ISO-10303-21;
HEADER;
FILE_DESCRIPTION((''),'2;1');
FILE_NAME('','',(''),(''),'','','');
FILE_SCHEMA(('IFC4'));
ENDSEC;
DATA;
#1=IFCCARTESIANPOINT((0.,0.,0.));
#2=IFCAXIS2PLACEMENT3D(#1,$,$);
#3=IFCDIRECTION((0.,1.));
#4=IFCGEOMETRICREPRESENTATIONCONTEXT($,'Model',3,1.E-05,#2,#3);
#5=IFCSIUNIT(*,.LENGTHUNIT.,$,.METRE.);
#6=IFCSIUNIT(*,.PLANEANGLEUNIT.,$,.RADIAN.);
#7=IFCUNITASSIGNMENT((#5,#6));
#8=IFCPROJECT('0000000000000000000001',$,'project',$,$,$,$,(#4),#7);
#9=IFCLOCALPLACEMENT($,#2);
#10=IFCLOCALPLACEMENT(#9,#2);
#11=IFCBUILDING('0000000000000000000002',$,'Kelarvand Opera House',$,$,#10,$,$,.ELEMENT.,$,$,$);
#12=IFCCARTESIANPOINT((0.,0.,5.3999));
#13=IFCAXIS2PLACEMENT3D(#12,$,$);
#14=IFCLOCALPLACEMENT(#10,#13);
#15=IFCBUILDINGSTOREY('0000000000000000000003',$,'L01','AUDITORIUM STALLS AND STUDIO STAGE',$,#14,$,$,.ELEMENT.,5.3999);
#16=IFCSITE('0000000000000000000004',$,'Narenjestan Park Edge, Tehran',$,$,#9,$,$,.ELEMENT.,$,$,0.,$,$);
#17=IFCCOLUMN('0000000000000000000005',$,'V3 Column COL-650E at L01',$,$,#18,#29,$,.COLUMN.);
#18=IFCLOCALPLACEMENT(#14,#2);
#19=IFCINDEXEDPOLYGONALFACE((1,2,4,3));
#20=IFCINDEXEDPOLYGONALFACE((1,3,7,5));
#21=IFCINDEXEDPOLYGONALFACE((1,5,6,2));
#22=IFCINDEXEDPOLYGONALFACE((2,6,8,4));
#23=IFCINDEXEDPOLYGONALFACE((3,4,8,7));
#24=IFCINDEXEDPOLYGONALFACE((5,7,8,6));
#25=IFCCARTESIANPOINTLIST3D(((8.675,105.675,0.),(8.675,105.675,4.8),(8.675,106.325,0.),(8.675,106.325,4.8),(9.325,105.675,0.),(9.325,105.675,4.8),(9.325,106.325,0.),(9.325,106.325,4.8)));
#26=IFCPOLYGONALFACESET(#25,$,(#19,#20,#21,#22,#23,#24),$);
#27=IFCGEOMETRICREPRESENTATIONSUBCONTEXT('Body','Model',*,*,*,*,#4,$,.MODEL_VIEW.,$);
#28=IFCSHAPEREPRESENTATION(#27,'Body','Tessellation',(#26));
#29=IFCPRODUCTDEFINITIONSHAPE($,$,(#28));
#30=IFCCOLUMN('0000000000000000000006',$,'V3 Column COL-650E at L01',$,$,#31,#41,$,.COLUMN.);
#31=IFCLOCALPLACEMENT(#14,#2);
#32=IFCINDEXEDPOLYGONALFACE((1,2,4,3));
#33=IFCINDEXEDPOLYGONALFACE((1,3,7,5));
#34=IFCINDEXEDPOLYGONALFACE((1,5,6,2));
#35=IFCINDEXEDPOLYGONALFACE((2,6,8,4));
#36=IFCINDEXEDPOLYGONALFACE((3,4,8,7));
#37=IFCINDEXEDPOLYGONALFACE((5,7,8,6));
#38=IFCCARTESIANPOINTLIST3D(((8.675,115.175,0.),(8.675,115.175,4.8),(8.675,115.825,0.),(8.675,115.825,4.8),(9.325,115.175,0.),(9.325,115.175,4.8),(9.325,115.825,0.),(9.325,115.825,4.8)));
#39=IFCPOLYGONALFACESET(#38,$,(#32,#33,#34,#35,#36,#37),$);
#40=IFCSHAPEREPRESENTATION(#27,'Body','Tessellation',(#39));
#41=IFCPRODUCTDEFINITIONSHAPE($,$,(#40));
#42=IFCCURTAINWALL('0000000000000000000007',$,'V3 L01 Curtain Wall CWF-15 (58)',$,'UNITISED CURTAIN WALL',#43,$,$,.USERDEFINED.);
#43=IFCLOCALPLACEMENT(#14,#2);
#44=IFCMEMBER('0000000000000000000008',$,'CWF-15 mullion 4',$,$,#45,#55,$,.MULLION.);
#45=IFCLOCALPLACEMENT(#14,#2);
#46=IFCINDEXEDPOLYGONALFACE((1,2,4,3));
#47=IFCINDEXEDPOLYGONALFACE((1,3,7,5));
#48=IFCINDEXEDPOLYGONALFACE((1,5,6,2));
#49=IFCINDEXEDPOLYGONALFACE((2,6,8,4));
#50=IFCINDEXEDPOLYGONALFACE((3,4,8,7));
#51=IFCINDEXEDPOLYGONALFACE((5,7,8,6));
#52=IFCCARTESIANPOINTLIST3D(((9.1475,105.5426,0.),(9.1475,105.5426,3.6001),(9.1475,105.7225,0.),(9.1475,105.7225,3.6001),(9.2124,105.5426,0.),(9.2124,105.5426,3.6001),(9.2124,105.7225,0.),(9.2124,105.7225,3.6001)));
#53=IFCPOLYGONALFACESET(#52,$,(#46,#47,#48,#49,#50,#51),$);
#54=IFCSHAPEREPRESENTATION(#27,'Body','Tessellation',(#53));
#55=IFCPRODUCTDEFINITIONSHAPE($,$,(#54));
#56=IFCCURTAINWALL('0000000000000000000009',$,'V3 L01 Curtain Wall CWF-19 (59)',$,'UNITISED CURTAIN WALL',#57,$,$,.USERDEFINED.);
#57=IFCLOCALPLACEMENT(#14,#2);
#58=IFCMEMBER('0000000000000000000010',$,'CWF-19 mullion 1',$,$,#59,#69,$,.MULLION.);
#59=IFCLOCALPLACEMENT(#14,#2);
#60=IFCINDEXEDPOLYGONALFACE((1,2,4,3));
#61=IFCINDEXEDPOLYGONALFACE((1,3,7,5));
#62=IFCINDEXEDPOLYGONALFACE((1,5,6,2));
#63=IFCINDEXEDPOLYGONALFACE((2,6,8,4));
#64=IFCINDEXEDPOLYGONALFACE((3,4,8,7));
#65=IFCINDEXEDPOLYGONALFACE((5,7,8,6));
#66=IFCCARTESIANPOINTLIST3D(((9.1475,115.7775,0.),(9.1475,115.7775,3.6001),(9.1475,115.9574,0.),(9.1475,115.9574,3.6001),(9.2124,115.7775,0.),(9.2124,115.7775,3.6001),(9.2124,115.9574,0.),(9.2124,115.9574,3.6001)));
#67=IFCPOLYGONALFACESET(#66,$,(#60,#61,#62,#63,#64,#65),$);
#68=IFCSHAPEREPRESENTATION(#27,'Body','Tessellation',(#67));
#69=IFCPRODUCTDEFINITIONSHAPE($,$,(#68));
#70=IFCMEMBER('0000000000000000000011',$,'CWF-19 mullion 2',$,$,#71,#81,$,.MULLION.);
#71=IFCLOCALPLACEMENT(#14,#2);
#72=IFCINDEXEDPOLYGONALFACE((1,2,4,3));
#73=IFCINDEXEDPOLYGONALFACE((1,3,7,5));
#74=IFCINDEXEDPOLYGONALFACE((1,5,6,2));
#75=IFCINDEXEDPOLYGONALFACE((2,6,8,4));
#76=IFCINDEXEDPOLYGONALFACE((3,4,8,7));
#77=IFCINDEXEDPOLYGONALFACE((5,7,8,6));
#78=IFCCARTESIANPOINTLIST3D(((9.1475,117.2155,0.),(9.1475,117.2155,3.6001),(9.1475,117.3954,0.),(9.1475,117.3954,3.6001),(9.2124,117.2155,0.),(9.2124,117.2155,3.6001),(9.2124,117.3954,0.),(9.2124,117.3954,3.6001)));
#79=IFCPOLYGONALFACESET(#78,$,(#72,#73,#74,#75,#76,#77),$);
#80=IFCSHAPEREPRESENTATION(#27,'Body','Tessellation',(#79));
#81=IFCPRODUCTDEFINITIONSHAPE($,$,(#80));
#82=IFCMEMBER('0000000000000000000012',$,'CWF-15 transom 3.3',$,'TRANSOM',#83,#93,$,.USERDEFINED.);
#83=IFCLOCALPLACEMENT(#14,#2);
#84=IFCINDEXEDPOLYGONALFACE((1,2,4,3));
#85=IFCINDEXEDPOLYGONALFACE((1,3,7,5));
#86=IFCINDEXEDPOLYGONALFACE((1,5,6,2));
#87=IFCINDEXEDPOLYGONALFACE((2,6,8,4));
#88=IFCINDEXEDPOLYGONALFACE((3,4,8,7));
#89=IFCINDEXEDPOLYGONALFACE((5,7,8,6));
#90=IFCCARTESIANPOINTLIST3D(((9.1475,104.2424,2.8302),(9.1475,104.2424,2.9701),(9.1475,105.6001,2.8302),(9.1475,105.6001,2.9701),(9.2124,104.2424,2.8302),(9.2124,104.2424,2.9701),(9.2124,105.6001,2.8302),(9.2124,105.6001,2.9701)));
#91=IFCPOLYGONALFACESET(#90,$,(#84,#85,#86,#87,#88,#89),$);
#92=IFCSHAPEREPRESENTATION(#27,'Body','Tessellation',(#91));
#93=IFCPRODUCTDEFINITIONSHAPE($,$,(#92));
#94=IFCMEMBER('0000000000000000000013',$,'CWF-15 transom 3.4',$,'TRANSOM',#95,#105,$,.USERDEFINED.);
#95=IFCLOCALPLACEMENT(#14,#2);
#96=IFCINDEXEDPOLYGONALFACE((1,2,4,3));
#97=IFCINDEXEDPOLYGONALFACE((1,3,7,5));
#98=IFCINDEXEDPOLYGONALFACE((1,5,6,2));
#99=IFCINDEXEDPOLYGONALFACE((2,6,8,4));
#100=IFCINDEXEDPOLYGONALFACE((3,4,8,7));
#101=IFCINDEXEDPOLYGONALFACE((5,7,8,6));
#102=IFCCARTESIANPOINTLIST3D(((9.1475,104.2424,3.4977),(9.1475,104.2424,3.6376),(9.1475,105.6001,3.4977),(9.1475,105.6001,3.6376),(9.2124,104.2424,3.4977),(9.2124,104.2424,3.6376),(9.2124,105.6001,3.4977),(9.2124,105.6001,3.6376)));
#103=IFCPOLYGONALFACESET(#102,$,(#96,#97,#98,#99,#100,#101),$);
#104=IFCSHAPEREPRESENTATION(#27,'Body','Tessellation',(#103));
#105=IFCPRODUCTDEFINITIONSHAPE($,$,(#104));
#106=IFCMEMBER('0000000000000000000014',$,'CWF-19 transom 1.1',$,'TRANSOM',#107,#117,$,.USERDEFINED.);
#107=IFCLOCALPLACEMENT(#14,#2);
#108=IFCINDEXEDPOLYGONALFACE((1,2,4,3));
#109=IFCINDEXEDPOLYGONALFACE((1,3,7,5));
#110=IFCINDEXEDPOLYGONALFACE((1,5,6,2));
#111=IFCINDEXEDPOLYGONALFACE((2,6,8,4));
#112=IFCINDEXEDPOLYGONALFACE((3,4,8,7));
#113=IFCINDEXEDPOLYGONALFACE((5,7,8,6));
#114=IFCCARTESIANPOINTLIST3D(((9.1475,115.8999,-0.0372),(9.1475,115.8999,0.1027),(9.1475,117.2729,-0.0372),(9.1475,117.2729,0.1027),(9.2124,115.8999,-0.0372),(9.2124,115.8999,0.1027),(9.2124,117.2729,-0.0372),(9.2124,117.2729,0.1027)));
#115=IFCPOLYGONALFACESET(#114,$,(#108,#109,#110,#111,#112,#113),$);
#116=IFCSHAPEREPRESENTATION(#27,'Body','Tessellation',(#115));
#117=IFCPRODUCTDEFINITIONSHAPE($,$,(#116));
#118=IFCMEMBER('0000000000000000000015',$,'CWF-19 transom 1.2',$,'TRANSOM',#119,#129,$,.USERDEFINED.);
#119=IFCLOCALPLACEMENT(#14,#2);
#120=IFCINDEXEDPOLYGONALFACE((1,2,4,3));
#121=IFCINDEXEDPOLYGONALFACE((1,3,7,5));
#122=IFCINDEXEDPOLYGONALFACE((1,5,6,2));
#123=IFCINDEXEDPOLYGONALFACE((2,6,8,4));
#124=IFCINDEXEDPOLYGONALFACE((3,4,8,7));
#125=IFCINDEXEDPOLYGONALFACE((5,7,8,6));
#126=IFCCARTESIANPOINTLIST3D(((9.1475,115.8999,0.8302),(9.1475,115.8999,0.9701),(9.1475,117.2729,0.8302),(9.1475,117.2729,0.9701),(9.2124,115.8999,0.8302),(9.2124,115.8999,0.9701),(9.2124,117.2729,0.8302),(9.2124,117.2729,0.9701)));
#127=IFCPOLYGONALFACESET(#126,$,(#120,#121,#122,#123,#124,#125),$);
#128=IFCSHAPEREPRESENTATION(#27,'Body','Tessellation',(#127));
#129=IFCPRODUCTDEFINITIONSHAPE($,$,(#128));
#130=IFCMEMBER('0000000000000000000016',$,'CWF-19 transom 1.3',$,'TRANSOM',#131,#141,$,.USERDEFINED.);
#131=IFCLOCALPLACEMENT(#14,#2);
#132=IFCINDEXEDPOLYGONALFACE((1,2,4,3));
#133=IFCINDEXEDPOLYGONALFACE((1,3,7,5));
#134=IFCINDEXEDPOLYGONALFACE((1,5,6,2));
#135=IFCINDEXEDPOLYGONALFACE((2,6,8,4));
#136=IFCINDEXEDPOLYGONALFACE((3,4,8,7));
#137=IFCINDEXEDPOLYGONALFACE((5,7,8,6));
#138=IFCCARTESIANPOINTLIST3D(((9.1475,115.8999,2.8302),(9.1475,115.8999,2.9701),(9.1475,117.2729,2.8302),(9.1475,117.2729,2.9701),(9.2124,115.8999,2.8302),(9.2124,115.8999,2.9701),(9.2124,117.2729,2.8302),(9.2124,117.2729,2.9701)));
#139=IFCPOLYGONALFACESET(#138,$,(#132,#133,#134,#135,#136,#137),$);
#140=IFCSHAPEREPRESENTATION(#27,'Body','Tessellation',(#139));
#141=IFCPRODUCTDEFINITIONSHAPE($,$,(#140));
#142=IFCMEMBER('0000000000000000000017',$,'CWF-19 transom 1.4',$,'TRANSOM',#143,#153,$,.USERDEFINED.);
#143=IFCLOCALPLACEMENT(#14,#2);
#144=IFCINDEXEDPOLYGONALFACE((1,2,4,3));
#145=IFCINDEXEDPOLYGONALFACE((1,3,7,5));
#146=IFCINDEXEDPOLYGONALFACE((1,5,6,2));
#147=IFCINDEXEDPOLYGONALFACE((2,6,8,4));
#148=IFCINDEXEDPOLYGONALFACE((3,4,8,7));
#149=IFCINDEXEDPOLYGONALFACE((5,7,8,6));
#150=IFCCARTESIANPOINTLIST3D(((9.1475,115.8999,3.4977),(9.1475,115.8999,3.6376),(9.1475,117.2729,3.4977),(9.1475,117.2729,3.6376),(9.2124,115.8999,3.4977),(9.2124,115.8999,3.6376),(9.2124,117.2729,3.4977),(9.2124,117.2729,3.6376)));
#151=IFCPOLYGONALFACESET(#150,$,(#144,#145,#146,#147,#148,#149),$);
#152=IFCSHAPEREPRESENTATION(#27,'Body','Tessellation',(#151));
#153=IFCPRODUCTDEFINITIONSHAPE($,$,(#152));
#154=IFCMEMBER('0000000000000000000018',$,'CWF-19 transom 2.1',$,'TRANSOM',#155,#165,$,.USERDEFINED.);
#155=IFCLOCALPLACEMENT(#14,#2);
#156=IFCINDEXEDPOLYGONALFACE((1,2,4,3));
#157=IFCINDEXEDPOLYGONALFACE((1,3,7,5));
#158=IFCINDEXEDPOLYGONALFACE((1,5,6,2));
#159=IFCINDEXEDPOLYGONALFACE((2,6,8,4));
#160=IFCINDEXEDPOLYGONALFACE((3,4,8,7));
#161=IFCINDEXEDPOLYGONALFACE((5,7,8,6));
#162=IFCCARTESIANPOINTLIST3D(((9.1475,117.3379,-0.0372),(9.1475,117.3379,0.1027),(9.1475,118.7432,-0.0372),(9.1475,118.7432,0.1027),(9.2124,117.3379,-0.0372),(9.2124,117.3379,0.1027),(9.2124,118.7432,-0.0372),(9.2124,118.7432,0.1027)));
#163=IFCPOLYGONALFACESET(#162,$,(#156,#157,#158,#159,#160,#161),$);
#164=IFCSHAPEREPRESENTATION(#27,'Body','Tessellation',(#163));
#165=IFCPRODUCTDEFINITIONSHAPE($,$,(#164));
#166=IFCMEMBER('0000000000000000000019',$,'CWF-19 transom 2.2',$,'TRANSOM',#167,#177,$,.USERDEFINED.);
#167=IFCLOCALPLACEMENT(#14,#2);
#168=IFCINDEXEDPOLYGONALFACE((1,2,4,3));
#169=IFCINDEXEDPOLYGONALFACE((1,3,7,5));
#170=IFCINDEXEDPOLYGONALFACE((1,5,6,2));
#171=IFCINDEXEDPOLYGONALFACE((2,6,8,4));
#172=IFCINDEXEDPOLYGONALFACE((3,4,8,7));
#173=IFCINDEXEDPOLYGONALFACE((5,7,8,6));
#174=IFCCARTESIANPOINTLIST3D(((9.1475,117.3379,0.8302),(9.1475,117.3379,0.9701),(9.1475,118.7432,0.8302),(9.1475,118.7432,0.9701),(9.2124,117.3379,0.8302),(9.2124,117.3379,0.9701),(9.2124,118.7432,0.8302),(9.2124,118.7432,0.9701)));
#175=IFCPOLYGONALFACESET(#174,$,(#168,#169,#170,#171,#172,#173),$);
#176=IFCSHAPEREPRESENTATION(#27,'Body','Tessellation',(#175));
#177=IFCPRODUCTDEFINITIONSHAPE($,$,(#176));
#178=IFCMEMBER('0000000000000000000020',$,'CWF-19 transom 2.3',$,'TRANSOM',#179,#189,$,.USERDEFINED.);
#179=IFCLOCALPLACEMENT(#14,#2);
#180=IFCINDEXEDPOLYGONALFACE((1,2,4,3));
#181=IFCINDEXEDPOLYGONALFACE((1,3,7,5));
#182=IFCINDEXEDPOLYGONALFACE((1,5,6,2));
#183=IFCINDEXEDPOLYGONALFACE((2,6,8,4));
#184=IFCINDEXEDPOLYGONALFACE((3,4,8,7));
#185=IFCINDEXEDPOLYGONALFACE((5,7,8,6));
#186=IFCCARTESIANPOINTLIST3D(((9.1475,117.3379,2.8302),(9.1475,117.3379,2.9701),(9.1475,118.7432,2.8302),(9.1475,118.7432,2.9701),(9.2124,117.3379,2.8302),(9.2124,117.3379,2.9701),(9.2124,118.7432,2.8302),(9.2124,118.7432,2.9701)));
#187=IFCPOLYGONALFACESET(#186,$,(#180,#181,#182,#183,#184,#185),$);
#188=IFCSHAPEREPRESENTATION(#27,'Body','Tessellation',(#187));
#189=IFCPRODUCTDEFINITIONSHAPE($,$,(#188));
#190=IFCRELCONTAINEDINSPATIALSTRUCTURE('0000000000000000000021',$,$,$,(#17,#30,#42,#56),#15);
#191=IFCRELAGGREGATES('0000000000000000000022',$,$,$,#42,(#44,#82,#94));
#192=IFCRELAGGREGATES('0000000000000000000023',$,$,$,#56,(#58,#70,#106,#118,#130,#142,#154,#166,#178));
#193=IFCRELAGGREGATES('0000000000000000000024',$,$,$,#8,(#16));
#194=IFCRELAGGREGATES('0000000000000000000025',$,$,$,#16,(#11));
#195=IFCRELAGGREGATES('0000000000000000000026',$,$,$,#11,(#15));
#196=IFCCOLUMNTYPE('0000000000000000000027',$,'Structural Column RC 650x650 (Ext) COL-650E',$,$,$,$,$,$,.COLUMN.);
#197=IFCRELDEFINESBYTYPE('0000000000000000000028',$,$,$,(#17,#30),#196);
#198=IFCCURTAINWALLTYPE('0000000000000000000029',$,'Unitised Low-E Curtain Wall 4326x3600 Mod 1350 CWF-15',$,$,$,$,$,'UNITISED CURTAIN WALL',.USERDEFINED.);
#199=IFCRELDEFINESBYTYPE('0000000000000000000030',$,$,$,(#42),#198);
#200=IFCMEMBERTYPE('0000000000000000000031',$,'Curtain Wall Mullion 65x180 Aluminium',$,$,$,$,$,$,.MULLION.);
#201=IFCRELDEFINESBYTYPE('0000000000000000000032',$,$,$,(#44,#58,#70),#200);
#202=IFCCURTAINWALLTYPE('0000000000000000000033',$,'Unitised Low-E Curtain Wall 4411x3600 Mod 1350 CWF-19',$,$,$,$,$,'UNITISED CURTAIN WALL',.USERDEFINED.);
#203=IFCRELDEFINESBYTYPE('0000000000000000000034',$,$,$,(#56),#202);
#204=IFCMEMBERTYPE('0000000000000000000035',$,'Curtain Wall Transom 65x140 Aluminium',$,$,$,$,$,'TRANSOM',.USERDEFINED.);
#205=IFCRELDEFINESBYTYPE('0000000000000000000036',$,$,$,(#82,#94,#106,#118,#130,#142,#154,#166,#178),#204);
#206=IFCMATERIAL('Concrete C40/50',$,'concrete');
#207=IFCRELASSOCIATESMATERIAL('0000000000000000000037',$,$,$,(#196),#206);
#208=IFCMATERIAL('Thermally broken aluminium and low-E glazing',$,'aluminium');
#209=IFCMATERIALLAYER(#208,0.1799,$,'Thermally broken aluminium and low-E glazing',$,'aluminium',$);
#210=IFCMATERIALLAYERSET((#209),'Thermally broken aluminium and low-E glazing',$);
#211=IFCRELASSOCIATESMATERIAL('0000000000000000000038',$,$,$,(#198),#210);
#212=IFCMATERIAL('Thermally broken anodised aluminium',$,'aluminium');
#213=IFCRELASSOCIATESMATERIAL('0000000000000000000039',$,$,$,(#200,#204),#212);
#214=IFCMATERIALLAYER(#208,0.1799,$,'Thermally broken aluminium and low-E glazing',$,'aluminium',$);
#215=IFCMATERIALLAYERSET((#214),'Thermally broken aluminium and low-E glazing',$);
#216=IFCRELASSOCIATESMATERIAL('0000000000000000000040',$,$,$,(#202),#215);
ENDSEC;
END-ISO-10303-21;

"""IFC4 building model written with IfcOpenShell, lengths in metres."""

from ifc_helpers import new_model, si_unit, direction, frame, origin, origin_2d, place, context, subcontext, project, spatial, rectangle, extrude, material, layer, layer_set, material_profile, profile_set, type_object, element, aggregate, save


model = new_model("IFC4")

# Units and contexts
model_context = context("Model", 3, precision=1e-05, world=origin(), true_north=direction((0.0, 1.0)))
body_context = subcontext(model_context, "Body", "Model", "MODEL_VIEW")
ifc_project = project(units=[si_unit("LENGTHUNIT", "METRE"), si_unit("PLANEANGLEUNIT", "RADIAN")], contexts=[model_context])

# Site, building, storey
site_placement = place(None, origin())
site = spatial("IfcSite", under=ifc_project, at=site_placement, Name="Narenjestan Park Edge, Tehran", CompositionType="ELEMENT", RefElevation=0.0)
building_placement = place(site_placement, origin())
building = spatial("IfcBuilding", under=site, at=building_placement, Name="Kelarvand Opera House", CompositionType="ELEMENT")
storey_placement = place(building_placement, frame((0.0, 0.0, 5.3999)))
storey = spatial("IfcBuildingStorey", under=building, at=storey_placement, Name="L01", Description="AUDITORIUM STALLS AND STUDIO STAGE", CompositionType="ELEMENT", Elevation=5.3999)

# Columns
ifc_material_1 = material(Name="Concrete C40/50", Category="concrete")
ifc_material_profile_1 = material_profile(ifc_material_1, rectangle(XDim=0.6499, YDim=0.6499, at=origin_2d()), Name="RC 650x650", Category="concrete")
ifc_profile_set_1 = profile_set([ifc_material_profile_1], Name="Concrete C40/50")
column_type = type_object("IfcColumnType", Name="Structural Column RC 650x650 (Ext) COL-650E", PredefinedType="COLUMN", material=ifc_profile_set_1)
for number, where, z_axis, x_axis, name in (
    (1, (9.0, 106.0, 0.0), (0.0, 0.0, 1.0), (1.0, 0.0, 0.0), "V3 Column COL-650E at L01"),
    (2, (9.0, 115.5, 0.0), (0.0, 0.0, 1.0), (1.0, 0.0, 0.0), "V3 Column COL-650E at L01"),
):
    element("IfcColumn", number, at=place(storey_placement, frame(where, z_axis=z_axis, x_axis=x_axis)), inside=storey, type_object=column_type, Name=name, PredefinedType="COLUMN", context=body_context, shape_type="SweptSolid", body=[
        extrude(rectangle(XDim=0.6499, YDim=0.6499, at=origin_2d()), origin(), (0.0, 0.0, 1.0), 4.8),
    ])

# Curtain wall, member
ifc_material_2 = material(Name="Thermally broken aluminium and low-E glazing", Category="aluminium")
ifc_layer_1 = layer(ifc_material_2, 0.1799, Name="Thermally broken aluminium and low-E glazing", Category="aluminium")
ifc_layer_set_1 = layer_set([ifc_layer_1], Name="Thermally broken aluminium and low-E glazing")
curtain_wall_type_1 = type_object("IfcCurtainWallType", Name="Unitised Low-E Curtain Wall 4326x3600 Mod 1350 CWF-15", ElementType="UNITISED CURTAIN WALL", PredefinedType="USERDEFINED", material=ifc_layer_set_1)
curtain_wall_1_placement = place(storey_placement, origin())
curtain_wall_1 = element("IfcCurtainWall", 3, at=curtain_wall_1_placement, inside=storey, type_object=curtain_wall_type_1, Name="V3 L01 Curtain Wall CWF-15 (58)", ObjectType="UNITISED CURTAIN WALL", PredefinedType="USERDEFINED")
ifc_material_3 = material(Name="Thermally broken anodised aluminium", Category="aluminium")
ifc_material_profile_2 = material_profile(ifc_material_3, rectangle(XDim=0.0649, YDim=0.1799, at=origin_2d()), Name="ALU MULLION 65x180", Category="aluminium")
ifc_profile_set_2 = profile_set([ifc_material_profile_2], Name="Thermally broken anodised aluminium")
member_type_1 = type_object("IfcMemberType", Name="Curtain Wall Mullion 65x180 Aluminium", PredefinedType="MULLION", material=ifc_profile_set_2)
member_1_placement = place(storey_placement, frame((9.1799, 105.6326, 0.0), z_axis=(0.0, 0.0, 1.0), x_axis=(-1.0, 0.0, 0.0)))
member_1 = element("IfcMember", 4, at=member_1_placement, type_object=member_type_1, Name="CWF-15 mullion 4", PredefinedType="MULLION", context=body_context, shape_type="SweptSolid", body=[
    extrude(rectangle(XDim=0.0649, YDim=0.1799, at=origin_2d()), origin(), (0.0, 0.0, 1.0), 3.6001),
])

# Curtain wall, members
ifc_layer_2 = layer(ifc_material_2, 0.1799, Name="Thermally broken aluminium and low-E glazing", Category="aluminium")
ifc_layer_set_2 = layer_set([ifc_layer_2], Name="Thermally broken aluminium and low-E glazing")
curtain_wall_type_2 = type_object("IfcCurtainWallType", Name="Unitised Low-E Curtain Wall 4411x3600 Mod 1350 CWF-19", ElementType="UNITISED CURTAIN WALL", PredefinedType="USERDEFINED", material=ifc_layer_set_2)
curtain_wall_2_placement = place(storey_placement, origin())
curtain_wall_2 = element("IfcCurtainWall", 5, at=curtain_wall_2_placement, inside=storey, type_object=curtain_wall_type_2, Name="V3 L01 Curtain Wall CWF-19 (59)", ObjectType="UNITISED CURTAIN WALL", PredefinedType="USERDEFINED")
member_2_placement = place(storey_placement, frame((9.1799, 115.8674, 0.0), z_axis=(0.0, 0.0, 1.0), x_axis=(-1.0, 0.0, 0.0)))
member_2 = element("IfcMember", 6, at=member_2_placement, type_object=member_type_1, Name="CWF-19 mullion 1", PredefinedType="MULLION", context=body_context, shape_type="SweptSolid", body=[
    extrude(rectangle(XDim=0.0649, YDim=0.1799, at=origin_2d()), origin(), (0.0, 0.0, 1.0), 3.6001),
])
member_3_placement = place(storey_placement, frame((9.1799, 117.3054, 0.0), z_axis=(0.0, 0.0, 1.0), x_axis=(-1.0, 0.0, 0.0)))
member_3 = element("IfcMember", 7, at=member_3_placement, type_object=member_type_1, Name="CWF-19 mullion 2", PredefinedType="MULLION", context=body_context, shape_type="SweptSolid", body=[
    extrude(rectangle(XDim=0.0649, YDim=0.1799, at=origin_2d()), origin(), (0.0, 0.0, 1.0), 3.6001),
])

# Members
ifc_material_profile_3 = material_profile(ifc_material_3, rectangle(XDim=0.0649, YDim=0.1399, at=origin_2d()), Name="ALU TRANSOM 65x140", Category="aluminium")
ifc_profile_set_3 = profile_set([ifc_material_profile_3], Name="Thermally broken anodised aluminium")
member_type_2 = type_object("IfcMemberType", Name="Curtain Wall Transom 65x140 Aluminium", ElementType="TRANSOM", PredefinedType="USERDEFINED", material=ifc_profile_set_3)
member_4_placement = place(storey_placement, frame((9.1799, 104.2424, 2.9001), z_axis=(0.0, 1.0, 0.0), x_axis=(-1.0, 0.0, 0.0)))
member_4 = element("IfcMember", 8, at=member_4_placement, type_object=member_type_2, Name="CWF-15 transom 3.3", ObjectType="TRANSOM", PredefinedType="USERDEFINED", context=body_context, shape_type="SweptSolid", body=[
    extrude(rectangle(XDim=0.0649, YDim=0.1399, at=origin_2d()), origin(), (0.0, 0.0, 1.0), 1.3577),
])
member_5_placement = place(storey_placement, frame((9.1799, 104.2424, 3.5676), z_axis=(0.0, 1.0, 0.0), x_axis=(-1.0, 0.0, 0.0)))
member_5 = element("IfcMember", 9, at=member_5_placement, type_object=member_type_2, Name="CWF-15 transom 3.4", ObjectType="TRANSOM", PredefinedType="USERDEFINED", context=body_context, shape_type="SweptSolid", body=[
    extrude(rectangle(XDim=0.0649, YDim=0.1399, at=origin_2d()), origin(), (0.0, 0.0, 1.0), 1.3577),
])
member_6_placement = place(storey_placement, frame((9.1799, 115.8999, 0.0327), z_axis=(0.0, 1.0, 0.0), x_axis=(-1.0, 0.0, 0.0)))
member_6 = element("IfcMember", 10, at=member_6_placement, type_object=member_type_2, Name="CWF-19 transom 1.1", ObjectType="TRANSOM", PredefinedType="USERDEFINED", context=body_context, shape_type="SweptSolid", body=[
    extrude(rectangle(XDim=0.0649, YDim=0.1399, at=origin_2d()), origin(), (0.0, 0.0, 1.0), 1.373),
])
member_7_placement = place(storey_placement, frame((9.1799, 115.8999, 0.9001), z_axis=(0.0, 1.0, 0.0), x_axis=(-1.0, 0.0, 0.0)))
member_7 = element("IfcMember", 11, at=member_7_placement, type_object=member_type_2, Name="CWF-19 transom 1.2", ObjectType="TRANSOM", PredefinedType="USERDEFINED", context=body_context, shape_type="SweptSolid", body=[
    extrude(rectangle(XDim=0.0649, YDim=0.1399, at=origin_2d()), origin(), (0.0, 0.0, 1.0), 1.373),
])
member_8_placement = place(storey_placement, frame((9.1799, 115.8999, 2.9001), z_axis=(0.0, 1.0, 0.0), x_axis=(-1.0, 0.0, 0.0)))
member_8 = element("IfcMember", 12, at=member_8_placement, type_object=member_type_2, Name="CWF-19 transom 1.3", ObjectType="TRANSOM", PredefinedType="USERDEFINED", context=body_context, shape_type="SweptSolid", body=[
    extrude(rectangle(XDim=0.0649, YDim=0.1399, at=origin_2d()), origin(), (0.0, 0.0, 1.0), 1.373),
])
member_9_placement = place(storey_placement, frame((9.1799, 115.8999, 3.5676), z_axis=(0.0, 1.0, 0.0), x_axis=(-1.0, 0.0, 0.0)))
member_9 = element("IfcMember", 13, at=member_9_placement, type_object=member_type_2, Name="CWF-19 transom 1.4", ObjectType="TRANSOM", PredefinedType="USERDEFINED", context=body_context, shape_type="SweptSolid", body=[
    extrude(rectangle(XDim=0.0649, YDim=0.1399, at=origin_2d()), origin(), (0.0, 0.0, 1.0), 1.373),
])
member_10_placement = place(storey_placement, frame((9.1799, 117.3379, 0.0327), z_axis=(0.0, 1.0, 0.0), x_axis=(-1.0, 0.0, 0.0)))
member_10 = element("IfcMember", 14, at=member_10_placement, type_object=member_type_2, Name="CWF-19 transom 2.1", ObjectType="TRANSOM", PredefinedType="USERDEFINED", context=body_context, shape_type="SweptSolid", body=[
    extrude(rectangle(XDim=0.0649, YDim=0.1399, at=origin_2d()), origin(), (0.0, 0.0, 1.0), 1.4053),
])
member_11_placement = place(storey_placement, frame((9.1799, 117.3379, 0.9001), z_axis=(0.0, 1.0, 0.0), x_axis=(-1.0, 0.0, 0.0)))
member_11 = element("IfcMember", 15, at=member_11_placement, type_object=member_type_2, Name="CWF-19 transom 2.2", ObjectType="TRANSOM", PredefinedType="USERDEFINED", context=body_context, shape_type="SweptSolid", body=[
    extrude(rectangle(XDim=0.0649, YDim=0.1399, at=origin_2d()), origin(), (0.0, 0.0, 1.0), 1.4053),
])
member_12_placement = place(storey_placement, frame((9.1799, 117.3379, 2.9001), z_axis=(0.0, 1.0, 0.0), x_axis=(-1.0, 0.0, 0.0)))
member_12 = element("IfcMember", 16, at=member_12_placement, type_object=member_type_2, Name="CWF-19 transom 2.3", ObjectType="TRANSOM", PredefinedType="USERDEFINED", context=body_context, shape_type="SweptSolid", body=[
    extrude(rectangle(XDim=0.0649, YDim=0.1399, at=origin_2d()), origin(), (0.0, 0.0, 1.0), 1.4053),
])

aggregate(curtain_wall_1, [member_1, member_4, member_5])
aggregate(curtain_wall_2, [member_2, member_3, member_6, member_7, member_8, member_9, member_10, member_11, member_12])

save(model, "model.ifc")
